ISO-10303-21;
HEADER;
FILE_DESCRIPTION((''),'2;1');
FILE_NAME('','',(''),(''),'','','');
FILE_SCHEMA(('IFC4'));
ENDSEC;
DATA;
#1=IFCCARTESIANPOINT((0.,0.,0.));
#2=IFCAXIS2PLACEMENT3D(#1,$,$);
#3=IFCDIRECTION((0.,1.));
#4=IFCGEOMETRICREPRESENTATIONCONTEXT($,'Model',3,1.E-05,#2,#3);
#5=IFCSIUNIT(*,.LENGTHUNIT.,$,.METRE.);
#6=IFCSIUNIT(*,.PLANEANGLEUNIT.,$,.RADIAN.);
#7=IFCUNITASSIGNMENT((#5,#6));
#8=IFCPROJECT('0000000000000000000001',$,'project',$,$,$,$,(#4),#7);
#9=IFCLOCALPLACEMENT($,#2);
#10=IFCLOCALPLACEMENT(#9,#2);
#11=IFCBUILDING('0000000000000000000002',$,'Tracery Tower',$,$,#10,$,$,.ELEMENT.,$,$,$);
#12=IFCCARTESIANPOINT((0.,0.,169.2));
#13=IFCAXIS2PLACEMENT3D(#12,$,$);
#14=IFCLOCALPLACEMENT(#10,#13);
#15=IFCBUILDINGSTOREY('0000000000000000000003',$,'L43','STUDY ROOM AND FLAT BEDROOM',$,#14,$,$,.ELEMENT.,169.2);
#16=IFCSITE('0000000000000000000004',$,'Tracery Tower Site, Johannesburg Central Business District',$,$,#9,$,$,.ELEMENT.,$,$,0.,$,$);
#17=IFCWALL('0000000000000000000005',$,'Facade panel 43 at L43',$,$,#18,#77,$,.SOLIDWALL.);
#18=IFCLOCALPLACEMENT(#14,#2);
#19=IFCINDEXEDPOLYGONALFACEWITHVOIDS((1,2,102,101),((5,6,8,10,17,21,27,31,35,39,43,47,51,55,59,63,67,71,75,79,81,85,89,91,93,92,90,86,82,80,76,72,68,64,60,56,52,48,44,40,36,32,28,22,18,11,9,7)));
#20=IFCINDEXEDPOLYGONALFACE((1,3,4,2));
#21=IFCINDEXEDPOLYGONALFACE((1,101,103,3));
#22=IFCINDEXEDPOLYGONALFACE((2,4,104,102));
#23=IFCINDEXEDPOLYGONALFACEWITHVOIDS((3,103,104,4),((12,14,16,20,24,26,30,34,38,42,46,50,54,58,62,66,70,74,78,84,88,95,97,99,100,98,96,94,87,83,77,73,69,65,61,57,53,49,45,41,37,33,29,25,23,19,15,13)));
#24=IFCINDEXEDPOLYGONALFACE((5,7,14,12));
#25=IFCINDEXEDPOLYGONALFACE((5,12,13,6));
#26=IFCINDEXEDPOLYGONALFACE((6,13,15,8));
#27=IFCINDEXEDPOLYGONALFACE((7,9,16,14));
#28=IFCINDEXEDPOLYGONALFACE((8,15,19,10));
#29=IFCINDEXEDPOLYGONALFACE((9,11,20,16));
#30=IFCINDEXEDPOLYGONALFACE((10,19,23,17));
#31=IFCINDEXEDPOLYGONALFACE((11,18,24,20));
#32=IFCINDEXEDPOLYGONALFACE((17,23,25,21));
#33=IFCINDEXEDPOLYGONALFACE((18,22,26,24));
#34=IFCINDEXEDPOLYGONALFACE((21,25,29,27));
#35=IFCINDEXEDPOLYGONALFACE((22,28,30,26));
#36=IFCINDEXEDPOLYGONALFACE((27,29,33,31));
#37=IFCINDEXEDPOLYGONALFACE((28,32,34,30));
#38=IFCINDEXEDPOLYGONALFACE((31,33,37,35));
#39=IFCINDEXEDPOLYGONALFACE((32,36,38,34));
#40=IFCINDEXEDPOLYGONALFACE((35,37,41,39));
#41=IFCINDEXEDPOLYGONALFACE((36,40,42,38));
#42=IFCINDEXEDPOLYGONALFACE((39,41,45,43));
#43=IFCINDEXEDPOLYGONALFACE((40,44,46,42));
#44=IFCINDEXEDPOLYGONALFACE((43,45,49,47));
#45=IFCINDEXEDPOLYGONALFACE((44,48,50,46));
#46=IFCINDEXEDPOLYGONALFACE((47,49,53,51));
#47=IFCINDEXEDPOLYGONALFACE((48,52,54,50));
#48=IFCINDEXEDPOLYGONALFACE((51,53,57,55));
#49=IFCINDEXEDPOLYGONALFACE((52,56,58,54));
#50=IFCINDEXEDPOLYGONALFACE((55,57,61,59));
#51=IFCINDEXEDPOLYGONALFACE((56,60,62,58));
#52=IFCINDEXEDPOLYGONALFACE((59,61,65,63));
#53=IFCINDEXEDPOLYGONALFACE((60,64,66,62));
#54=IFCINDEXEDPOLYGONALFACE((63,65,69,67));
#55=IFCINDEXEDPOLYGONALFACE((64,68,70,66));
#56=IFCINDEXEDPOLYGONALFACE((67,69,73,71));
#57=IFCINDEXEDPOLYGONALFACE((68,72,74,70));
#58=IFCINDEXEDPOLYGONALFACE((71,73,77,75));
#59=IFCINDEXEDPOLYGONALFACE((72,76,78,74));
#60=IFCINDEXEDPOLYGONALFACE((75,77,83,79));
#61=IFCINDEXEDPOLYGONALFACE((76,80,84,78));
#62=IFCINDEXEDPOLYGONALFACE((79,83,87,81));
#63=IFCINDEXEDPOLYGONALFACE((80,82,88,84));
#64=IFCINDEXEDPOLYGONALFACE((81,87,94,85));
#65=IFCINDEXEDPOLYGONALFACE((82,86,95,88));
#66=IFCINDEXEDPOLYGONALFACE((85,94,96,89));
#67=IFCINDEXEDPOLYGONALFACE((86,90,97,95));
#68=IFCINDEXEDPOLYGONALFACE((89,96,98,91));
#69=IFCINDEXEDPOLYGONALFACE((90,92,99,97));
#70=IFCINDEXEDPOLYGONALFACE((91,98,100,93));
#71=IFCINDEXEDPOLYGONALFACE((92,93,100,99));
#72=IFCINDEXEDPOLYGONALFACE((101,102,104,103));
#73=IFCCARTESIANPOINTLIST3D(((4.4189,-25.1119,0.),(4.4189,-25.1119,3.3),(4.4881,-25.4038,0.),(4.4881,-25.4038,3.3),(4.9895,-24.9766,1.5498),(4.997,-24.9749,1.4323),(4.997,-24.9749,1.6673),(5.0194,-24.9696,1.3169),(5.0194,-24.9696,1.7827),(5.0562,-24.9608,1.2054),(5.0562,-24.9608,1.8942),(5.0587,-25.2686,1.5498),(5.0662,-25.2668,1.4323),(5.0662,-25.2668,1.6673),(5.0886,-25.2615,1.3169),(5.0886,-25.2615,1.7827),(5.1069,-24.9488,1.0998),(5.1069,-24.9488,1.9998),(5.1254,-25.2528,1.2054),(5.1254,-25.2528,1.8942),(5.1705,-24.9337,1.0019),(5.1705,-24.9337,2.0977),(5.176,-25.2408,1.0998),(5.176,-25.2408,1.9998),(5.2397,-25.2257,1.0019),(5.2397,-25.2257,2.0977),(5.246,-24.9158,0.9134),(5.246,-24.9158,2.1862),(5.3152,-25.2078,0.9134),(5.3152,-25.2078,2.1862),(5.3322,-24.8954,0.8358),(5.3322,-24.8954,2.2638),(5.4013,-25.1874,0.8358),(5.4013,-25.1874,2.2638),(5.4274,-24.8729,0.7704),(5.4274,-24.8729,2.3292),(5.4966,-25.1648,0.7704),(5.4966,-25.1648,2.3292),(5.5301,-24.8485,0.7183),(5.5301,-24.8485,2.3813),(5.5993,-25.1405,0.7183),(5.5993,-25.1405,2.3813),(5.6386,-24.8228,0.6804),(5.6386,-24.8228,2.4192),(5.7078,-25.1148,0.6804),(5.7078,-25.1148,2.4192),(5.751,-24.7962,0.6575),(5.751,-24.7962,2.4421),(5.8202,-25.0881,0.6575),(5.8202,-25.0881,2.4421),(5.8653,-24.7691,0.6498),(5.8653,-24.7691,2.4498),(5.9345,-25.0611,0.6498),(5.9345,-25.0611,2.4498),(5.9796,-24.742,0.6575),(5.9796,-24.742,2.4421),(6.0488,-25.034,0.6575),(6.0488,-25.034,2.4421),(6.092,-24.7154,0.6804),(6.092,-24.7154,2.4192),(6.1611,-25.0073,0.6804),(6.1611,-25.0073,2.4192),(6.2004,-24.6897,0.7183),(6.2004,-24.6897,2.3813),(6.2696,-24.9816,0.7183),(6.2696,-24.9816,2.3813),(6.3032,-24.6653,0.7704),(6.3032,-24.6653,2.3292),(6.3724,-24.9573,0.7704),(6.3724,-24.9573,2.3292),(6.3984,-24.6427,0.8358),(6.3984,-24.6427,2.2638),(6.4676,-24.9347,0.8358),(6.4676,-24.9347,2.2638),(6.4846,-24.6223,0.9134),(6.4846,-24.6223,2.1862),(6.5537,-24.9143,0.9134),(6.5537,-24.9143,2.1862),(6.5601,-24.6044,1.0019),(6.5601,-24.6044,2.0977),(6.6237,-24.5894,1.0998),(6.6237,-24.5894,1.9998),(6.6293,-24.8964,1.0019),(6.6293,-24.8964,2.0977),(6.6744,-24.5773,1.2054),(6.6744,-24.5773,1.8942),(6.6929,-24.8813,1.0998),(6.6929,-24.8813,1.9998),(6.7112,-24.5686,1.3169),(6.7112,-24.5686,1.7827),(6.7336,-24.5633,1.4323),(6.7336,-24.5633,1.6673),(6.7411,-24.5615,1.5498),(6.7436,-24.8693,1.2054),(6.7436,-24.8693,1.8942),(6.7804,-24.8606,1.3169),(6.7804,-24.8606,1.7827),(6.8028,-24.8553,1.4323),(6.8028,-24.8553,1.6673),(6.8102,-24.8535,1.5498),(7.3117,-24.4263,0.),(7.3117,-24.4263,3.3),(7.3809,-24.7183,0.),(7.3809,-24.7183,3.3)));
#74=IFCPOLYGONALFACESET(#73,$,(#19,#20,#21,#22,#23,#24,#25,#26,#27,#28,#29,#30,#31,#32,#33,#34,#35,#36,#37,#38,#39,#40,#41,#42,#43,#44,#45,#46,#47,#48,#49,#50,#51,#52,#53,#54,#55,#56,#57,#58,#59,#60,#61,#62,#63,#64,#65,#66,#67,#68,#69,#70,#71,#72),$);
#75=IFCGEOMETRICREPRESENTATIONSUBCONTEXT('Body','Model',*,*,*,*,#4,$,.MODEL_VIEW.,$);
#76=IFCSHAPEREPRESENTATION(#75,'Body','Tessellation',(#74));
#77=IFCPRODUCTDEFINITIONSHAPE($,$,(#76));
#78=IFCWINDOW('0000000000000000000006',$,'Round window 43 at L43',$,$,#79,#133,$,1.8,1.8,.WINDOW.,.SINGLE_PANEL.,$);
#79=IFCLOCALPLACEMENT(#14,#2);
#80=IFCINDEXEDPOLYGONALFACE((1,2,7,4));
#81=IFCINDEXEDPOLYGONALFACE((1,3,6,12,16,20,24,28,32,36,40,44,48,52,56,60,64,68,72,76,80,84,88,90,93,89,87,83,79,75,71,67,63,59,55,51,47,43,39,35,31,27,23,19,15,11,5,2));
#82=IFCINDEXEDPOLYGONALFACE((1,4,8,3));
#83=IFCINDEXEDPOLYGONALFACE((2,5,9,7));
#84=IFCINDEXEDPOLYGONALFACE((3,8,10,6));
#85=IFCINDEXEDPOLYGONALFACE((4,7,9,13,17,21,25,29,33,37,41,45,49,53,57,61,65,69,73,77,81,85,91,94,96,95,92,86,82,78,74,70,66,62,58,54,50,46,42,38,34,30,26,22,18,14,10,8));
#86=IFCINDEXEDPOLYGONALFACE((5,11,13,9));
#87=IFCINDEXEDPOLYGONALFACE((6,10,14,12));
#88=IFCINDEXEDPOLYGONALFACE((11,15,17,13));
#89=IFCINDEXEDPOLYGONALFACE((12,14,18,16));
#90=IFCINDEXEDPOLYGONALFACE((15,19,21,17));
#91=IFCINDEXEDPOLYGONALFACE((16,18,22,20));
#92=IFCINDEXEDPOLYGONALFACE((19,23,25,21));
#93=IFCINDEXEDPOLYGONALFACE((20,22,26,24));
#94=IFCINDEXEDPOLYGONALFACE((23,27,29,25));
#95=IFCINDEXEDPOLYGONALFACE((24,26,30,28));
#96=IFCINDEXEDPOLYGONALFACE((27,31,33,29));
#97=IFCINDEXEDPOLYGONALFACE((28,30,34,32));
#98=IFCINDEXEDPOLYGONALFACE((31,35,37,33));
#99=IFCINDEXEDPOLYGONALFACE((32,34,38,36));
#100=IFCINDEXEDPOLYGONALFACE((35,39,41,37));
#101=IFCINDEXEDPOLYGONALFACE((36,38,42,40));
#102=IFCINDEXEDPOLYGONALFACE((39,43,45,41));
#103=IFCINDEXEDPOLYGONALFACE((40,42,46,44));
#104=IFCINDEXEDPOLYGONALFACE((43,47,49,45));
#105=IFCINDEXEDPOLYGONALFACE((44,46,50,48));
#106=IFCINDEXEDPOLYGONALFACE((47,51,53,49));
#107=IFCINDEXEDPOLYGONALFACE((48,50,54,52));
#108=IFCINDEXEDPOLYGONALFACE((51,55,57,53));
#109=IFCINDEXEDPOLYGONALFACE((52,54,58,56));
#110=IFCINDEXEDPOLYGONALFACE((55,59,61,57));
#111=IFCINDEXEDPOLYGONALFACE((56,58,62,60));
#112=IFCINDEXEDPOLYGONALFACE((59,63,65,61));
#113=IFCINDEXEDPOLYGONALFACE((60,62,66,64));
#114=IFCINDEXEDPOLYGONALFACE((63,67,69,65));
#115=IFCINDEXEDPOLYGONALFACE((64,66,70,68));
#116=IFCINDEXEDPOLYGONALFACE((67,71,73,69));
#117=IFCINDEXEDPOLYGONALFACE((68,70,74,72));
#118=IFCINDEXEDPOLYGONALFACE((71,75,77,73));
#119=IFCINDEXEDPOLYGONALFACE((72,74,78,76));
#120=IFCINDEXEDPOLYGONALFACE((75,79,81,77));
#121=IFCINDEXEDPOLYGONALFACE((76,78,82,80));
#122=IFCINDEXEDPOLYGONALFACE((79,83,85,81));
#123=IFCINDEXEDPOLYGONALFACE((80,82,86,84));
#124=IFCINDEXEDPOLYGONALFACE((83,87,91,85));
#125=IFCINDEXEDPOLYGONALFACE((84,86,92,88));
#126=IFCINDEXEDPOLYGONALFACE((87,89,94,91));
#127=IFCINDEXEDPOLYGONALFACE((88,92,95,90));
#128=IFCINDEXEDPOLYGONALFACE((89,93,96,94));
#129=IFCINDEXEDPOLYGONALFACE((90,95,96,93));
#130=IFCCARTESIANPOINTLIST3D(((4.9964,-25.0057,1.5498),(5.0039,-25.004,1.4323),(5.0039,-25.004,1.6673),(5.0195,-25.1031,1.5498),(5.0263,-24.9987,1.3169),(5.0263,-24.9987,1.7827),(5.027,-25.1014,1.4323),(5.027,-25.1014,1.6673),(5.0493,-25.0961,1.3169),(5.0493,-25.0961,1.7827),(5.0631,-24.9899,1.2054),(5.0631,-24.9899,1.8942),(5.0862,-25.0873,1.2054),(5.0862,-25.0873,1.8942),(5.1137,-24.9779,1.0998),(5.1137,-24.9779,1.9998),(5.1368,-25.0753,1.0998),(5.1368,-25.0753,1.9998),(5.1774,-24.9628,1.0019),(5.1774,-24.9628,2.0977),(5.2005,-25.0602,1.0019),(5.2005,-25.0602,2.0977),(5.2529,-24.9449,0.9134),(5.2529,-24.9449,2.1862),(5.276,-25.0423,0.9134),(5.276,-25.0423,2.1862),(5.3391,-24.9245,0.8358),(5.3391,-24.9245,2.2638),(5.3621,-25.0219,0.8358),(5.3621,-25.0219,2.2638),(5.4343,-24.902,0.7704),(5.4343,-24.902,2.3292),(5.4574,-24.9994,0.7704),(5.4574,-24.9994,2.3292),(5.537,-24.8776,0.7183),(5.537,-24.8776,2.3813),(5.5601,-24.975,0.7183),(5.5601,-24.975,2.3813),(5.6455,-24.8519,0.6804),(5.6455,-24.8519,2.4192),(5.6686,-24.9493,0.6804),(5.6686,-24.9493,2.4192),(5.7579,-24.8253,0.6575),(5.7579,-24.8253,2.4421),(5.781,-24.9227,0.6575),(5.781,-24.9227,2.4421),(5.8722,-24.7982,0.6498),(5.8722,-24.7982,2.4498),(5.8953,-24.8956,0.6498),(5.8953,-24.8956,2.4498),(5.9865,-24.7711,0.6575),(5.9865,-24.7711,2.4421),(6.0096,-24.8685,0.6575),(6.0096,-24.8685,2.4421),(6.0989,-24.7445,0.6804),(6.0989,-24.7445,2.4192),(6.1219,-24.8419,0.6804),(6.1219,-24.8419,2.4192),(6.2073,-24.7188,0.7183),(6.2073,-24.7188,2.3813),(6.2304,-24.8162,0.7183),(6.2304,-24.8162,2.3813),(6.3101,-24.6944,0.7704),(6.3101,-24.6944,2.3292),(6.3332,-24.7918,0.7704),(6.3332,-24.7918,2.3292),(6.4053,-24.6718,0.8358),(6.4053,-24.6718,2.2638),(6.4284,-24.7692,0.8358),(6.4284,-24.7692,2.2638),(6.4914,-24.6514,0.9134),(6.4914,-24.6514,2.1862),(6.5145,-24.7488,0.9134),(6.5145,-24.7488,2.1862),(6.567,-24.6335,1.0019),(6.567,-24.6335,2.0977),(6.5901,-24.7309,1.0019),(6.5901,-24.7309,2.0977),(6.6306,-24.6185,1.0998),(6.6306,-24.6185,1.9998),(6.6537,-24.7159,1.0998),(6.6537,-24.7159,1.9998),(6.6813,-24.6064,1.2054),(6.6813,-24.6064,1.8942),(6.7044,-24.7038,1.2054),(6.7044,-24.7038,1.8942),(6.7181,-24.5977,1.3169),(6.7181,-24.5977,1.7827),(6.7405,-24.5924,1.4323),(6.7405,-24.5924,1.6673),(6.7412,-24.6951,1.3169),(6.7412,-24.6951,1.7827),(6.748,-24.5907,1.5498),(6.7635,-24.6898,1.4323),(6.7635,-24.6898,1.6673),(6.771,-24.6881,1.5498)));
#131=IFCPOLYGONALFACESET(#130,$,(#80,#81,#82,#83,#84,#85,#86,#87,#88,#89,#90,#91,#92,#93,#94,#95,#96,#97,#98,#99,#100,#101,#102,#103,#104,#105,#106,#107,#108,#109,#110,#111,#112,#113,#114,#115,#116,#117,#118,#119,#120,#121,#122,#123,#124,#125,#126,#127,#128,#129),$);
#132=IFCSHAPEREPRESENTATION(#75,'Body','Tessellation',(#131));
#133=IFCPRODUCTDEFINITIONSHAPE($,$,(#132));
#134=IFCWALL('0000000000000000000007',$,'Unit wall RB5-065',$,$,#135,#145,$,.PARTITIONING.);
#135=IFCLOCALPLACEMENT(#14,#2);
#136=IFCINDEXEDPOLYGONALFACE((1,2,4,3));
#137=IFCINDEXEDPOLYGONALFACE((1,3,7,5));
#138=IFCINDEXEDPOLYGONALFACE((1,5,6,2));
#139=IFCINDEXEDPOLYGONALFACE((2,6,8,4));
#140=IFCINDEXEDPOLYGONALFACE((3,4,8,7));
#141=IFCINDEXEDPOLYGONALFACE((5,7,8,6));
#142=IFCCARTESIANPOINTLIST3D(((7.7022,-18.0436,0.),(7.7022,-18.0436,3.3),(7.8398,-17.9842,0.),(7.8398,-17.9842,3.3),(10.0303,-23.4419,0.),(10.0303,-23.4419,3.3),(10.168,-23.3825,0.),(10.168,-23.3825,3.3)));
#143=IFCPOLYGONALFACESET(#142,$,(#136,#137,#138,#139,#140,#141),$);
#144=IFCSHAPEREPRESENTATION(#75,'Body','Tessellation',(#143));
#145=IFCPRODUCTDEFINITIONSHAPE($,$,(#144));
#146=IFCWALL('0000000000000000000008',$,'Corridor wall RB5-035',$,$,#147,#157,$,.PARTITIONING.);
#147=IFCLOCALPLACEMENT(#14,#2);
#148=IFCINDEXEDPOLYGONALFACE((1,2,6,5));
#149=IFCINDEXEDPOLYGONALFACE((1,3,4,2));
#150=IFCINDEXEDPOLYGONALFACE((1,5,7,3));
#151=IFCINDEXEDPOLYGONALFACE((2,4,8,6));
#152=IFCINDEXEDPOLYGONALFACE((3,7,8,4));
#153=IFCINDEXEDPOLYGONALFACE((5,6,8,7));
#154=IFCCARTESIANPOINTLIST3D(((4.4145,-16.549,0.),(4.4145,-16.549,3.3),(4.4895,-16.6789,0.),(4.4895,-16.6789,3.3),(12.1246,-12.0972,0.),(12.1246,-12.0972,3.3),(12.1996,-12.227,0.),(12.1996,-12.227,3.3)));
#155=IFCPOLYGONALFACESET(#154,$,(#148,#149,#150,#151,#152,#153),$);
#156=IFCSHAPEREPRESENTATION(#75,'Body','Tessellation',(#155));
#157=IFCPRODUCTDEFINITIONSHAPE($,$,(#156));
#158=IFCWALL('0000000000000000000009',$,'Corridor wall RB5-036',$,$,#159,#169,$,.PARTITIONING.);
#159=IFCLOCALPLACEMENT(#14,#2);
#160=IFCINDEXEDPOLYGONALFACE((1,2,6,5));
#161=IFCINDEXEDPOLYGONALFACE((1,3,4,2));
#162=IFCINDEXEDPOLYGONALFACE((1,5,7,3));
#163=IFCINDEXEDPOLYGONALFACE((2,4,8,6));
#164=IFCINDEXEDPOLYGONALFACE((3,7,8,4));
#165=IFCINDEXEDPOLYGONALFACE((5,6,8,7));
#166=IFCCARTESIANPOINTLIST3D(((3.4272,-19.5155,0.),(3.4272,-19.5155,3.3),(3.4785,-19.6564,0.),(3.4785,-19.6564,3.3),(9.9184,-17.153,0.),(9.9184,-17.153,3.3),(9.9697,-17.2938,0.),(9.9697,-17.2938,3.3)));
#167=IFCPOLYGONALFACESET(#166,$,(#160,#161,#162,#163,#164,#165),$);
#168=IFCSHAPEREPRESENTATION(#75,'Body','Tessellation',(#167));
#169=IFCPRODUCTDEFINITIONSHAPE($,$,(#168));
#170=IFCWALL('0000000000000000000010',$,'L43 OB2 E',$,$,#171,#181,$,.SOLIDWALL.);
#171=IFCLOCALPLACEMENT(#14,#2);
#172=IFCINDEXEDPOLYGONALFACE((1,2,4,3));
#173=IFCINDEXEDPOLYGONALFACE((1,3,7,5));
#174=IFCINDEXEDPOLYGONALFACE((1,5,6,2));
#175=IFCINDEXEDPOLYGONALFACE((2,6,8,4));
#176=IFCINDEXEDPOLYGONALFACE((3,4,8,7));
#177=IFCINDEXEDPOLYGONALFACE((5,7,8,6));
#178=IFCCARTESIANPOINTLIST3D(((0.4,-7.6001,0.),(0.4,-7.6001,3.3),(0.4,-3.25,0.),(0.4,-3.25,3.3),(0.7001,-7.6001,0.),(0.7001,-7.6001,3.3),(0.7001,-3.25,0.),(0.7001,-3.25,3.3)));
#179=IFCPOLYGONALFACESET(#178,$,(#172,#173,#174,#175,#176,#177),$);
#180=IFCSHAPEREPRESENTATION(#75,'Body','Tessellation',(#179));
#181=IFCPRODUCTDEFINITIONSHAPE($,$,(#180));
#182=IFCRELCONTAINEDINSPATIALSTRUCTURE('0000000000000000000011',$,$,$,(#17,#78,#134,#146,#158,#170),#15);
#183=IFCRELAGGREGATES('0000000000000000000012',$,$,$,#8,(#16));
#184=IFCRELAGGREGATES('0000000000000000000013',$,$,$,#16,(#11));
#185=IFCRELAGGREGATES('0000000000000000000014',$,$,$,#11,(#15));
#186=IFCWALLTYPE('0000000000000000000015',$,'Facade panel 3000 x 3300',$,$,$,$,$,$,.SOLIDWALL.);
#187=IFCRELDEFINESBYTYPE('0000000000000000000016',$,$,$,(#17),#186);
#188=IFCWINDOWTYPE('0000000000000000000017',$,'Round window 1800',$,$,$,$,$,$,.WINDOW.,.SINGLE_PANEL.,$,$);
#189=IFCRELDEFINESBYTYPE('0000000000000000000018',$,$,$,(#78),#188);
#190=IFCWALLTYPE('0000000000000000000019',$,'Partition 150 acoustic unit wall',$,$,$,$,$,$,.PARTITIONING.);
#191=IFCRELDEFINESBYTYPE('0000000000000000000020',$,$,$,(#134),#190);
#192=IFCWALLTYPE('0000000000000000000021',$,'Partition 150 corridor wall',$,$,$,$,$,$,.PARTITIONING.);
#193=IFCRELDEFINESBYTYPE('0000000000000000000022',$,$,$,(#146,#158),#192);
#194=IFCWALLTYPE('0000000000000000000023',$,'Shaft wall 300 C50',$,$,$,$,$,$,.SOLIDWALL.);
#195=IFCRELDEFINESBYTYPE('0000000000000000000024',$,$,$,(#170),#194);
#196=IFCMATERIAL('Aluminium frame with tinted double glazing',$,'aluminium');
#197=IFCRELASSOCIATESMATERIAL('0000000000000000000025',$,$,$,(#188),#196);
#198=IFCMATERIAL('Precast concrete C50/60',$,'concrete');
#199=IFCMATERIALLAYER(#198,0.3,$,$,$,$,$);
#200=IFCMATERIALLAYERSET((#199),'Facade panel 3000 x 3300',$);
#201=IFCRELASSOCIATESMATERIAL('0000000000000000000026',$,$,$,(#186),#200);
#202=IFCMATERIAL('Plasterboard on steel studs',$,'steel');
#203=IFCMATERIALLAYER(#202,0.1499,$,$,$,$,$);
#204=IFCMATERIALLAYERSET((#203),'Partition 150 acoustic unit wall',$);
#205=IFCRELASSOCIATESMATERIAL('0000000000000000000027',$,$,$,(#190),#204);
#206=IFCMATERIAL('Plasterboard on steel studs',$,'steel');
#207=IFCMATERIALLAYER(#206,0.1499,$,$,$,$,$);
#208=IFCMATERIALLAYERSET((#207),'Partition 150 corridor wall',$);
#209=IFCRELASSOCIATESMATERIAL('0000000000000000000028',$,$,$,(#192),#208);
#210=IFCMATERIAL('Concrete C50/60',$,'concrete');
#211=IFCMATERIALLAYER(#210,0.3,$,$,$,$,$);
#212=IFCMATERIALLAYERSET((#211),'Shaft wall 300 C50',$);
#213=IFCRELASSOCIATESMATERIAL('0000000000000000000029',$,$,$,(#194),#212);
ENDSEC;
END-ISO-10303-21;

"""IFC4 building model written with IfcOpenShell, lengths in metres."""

from ifc_helpers import new_model, si_unit, direction, frame, frame_2d, origin, origin_2d, place, context, subcontext, project, spatial, rectangle, circle, extrude, material, layer, layer_set, type_object, element, fill, save


model = new_model("IFC4")

# Units and contexts
model_context = context("Model", 3, precision=1e-05, world=origin(), true_north=direction((0.0, 1.0)))
body_context = subcontext(model_context, "Body", "Model", "MODEL_VIEW")
ifc_project = project(units=[si_unit("LENGTHUNIT", "METRE"), si_unit("PLANEANGLEUNIT", "RADIAN")], contexts=[model_context])

# Site, building, storey
site_placement = place(None, origin())
site = spatial("IfcSite", under=ifc_project, at=site_placement, Name="Tracery Tower Site, Johannesburg Central Business District", CompositionType="ELEMENT", RefElevation=0.0)
building_placement = place(site_placement, origin())
building = spatial("IfcBuilding", under=site, at=building_placement, Name="Tracery Tower", CompositionType="ELEMENT")
storey_placement = place(building_placement, frame((0.0, 0.0, 169.2)))
storey = spatial("IfcBuildingStorey", under=building, at=storey_placement, Name="L43", Description="STUDY ROOM AND FLAT BEDROOM", CompositionType="ELEMENT", Elevation=169.2)

# Wall, opening, window
ifc_material_1 = material(Name="Aluminium frame with tinted double glazing", Category="aluminium")
window_type = type_object("IfcWindowType", Name="Round window 1800", PartitioningType="SINGLE_PANEL", PredefinedType="WINDOW", material=ifc_material_1)
ifc_material_2 = material(Name="Precast concrete C50/60", Category="concrete")
ifc_layer_1 = layer(ifc_material_2, 0.3)
ifc_layer_set_1 = layer_set([ifc_layer_1], Name="Facade panel 3000 x 3300")
wall_type_1 = type_object("IfcWallType", Name="Facade panel 3000 x 3300", PredefinedType="SOLIDWALL", material=ifc_layer_set_1)
wall_1_placement = place(storey_placement, frame((4.4536, -25.2578, 0.0), z_axis=(0.0, 0.0, 1.0), x_axis=(0.97305, 0.230595, 0.0)))
wall_1 = element("IfcWall", 1, at=wall_1_placement, inside=storey, type_object=wall_type_1, Name="Facade panel 43 at L43", PredefinedType="SOLIDWALL", context=body_context, shape_type="SweptSolid", body=[
    extrude(rectangle(XDim=2.9729, YDim=0.3, at=frame_2d((1.4863, 0.0))), origin(), (0.0, 0.0, 1.0), 3.3),
])
opening_1_placement = place(wall_1_placement, frame((1.4863, 0.0, 1.5498)))
opening_1 = element("IfcOpeningElement", 2, at=opening_1_placement, cuts=wall_1, PredefinedType="OPENING", context=body_context, shape_type="SweptSolid", body=[
    extrude(circle(Radius=0.9, at=origin_2d()), frame((0.0, 0.1599, 0.0), z_axis=(0.0, -1.0, 0.0), x_axis=(1.0, 0.0, 0.0)), (0.0, 0.0, 1.0), 0.3201),
])
window_1_placement = place(opening_1_placement, origin())
window_1 = element("IfcWindow", 3, at=window_1_placement, inside=storey, type_object=window_type, Name="Round window 43 at L43", OverallHeight=1.8, OverallWidth=1.8, PartitioningType="SINGLE_PANEL", PredefinedType="WINDOW", context=body_context, shape_type="SweptSolid", body=[
    extrude(circle(Radius=0.9, at=origin_2d()), frame((0.0, 0.1201, 0.0), z_axis=(0.0, -1.0, 0.0), x_axis=(1.0, 0.0, 0.0)), (0.0, 0.0, 1.0), 0.1001),
])
fill(opening_1, window_1)

# Walls
ifc_material_3 = material(Name="Plasterboard on steel studs", Category="steel")
ifc_layer_2 = layer(ifc_material_3, 0.1499)
ifc_layer_set_2 = layer_set([ifc_layer_2], Name="Partition 150 acoustic unit wall")
wall_type_2 = type_object("IfcWallType", Name="Partition 150 acoustic unit wall", PredefinedType="PARTITIONING", material=ifc_layer_set_2)
wall_2_placement = place(storey_placement, frame((7.771, -18.0139, 0.0), z_axis=(0.0, 0.0, 1.0), x_axis=(0.396018, -0.918243, 0.0)))
element("IfcWall", 4, at=wall_2_placement, inside=storey, type_object=wall_type_2, Name="Unit wall RB5-065", PredefinedType="PARTITIONING", context=body_context, shape_type="SweptSolid", body=[
    extrude(rectangle(XDim=5.8789, YDim=0.1499, at=frame_2d((2.9395, 0.0))), origin(), (0.0, 0.0, 1.0), 3.3),
])
ifc_material_4 = material(Name="Plasterboard on steel studs", Category="steel")
ifc_layer_3 = layer(ifc_material_4, 0.1499)
ifc_layer_set_3 = layer_set([ifc_layer_3], Name="Partition 150 corridor wall")
wall_type_3 = type_object("IfcWallType", Name="Partition 150 corridor wall", PredefinedType="PARTITIONING", material=ifc_layer_set_3)
wall_3_placement = place(storey_placement, frame((4.4519, -16.614, 0.0), z_axis=(0.0, 0.0, 1.0), x_axis=(0.866005, 0.500035, 0.0)))
element("IfcWall", 5, at=wall_3_placement, inside=storey, type_object=wall_type_3, Name="Corridor wall RB5-035", PredefinedType="PARTITIONING", context=body_context, shape_type="SweptSolid", body=[
    extrude(rectangle(XDim=8.9031, YDim=0.1499, at=frame_2d((4.4517, 0.0))), origin(), (0.0, 0.0, 1.0), 3.3),
])
wall_4_placement = place(storey_placement, frame((3.4529, -19.5859, 0.0), z_axis=(0.0, 0.0, 1.0), x_axis=(0.939695, 0.342013, 0.0)))
element("IfcWall", 6, at=wall_4_placement, inside=storey, type_object=wall_type_3, Name="Corridor wall RB5-036", PredefinedType="PARTITIONING", context=body_context, shape_type="SweptSolid", body=[
    extrude(rectangle(XDim=6.9077, YDim=0.1499, at=frame_2d((3.4539, 0.0))), origin(), (0.0, 0.0, 1.0), 3.3),
])
ifc_material_5 = material(Name="Concrete C50/60", Category="concrete")
ifc_layer_4 = layer(ifc_material_5, 0.3)
ifc_layer_set_4 = layer_set([ifc_layer_4], Name="Shaft wall 300 C50")
wall_type_4 = type_object("IfcWallType", Name="Shaft wall 300 C50", PredefinedType="SOLIDWALL", material=ifc_layer_set_4)
wall_5_placement = place(storey_placement, frame((0.55, -7.6001, 0.0), z_axis=(0.0, 0.0, 1.0), x_axis=(0.0, 1.0, 0.0)))
element("IfcWall", 7, at=wall_5_placement, inside=storey, type_object=wall_type_4, Name="L43 OB2 E", PredefinedType="SOLIDWALL", context=body_context, shape_type="SweptSolid", body=[
    extrude(rectangle(XDim=4.3501, YDim=0.3, at=frame_2d((2.175, 0.0))), origin(), (0.0, 0.0, 1.0), 3.3),
])

save(model, "model.ifc")
